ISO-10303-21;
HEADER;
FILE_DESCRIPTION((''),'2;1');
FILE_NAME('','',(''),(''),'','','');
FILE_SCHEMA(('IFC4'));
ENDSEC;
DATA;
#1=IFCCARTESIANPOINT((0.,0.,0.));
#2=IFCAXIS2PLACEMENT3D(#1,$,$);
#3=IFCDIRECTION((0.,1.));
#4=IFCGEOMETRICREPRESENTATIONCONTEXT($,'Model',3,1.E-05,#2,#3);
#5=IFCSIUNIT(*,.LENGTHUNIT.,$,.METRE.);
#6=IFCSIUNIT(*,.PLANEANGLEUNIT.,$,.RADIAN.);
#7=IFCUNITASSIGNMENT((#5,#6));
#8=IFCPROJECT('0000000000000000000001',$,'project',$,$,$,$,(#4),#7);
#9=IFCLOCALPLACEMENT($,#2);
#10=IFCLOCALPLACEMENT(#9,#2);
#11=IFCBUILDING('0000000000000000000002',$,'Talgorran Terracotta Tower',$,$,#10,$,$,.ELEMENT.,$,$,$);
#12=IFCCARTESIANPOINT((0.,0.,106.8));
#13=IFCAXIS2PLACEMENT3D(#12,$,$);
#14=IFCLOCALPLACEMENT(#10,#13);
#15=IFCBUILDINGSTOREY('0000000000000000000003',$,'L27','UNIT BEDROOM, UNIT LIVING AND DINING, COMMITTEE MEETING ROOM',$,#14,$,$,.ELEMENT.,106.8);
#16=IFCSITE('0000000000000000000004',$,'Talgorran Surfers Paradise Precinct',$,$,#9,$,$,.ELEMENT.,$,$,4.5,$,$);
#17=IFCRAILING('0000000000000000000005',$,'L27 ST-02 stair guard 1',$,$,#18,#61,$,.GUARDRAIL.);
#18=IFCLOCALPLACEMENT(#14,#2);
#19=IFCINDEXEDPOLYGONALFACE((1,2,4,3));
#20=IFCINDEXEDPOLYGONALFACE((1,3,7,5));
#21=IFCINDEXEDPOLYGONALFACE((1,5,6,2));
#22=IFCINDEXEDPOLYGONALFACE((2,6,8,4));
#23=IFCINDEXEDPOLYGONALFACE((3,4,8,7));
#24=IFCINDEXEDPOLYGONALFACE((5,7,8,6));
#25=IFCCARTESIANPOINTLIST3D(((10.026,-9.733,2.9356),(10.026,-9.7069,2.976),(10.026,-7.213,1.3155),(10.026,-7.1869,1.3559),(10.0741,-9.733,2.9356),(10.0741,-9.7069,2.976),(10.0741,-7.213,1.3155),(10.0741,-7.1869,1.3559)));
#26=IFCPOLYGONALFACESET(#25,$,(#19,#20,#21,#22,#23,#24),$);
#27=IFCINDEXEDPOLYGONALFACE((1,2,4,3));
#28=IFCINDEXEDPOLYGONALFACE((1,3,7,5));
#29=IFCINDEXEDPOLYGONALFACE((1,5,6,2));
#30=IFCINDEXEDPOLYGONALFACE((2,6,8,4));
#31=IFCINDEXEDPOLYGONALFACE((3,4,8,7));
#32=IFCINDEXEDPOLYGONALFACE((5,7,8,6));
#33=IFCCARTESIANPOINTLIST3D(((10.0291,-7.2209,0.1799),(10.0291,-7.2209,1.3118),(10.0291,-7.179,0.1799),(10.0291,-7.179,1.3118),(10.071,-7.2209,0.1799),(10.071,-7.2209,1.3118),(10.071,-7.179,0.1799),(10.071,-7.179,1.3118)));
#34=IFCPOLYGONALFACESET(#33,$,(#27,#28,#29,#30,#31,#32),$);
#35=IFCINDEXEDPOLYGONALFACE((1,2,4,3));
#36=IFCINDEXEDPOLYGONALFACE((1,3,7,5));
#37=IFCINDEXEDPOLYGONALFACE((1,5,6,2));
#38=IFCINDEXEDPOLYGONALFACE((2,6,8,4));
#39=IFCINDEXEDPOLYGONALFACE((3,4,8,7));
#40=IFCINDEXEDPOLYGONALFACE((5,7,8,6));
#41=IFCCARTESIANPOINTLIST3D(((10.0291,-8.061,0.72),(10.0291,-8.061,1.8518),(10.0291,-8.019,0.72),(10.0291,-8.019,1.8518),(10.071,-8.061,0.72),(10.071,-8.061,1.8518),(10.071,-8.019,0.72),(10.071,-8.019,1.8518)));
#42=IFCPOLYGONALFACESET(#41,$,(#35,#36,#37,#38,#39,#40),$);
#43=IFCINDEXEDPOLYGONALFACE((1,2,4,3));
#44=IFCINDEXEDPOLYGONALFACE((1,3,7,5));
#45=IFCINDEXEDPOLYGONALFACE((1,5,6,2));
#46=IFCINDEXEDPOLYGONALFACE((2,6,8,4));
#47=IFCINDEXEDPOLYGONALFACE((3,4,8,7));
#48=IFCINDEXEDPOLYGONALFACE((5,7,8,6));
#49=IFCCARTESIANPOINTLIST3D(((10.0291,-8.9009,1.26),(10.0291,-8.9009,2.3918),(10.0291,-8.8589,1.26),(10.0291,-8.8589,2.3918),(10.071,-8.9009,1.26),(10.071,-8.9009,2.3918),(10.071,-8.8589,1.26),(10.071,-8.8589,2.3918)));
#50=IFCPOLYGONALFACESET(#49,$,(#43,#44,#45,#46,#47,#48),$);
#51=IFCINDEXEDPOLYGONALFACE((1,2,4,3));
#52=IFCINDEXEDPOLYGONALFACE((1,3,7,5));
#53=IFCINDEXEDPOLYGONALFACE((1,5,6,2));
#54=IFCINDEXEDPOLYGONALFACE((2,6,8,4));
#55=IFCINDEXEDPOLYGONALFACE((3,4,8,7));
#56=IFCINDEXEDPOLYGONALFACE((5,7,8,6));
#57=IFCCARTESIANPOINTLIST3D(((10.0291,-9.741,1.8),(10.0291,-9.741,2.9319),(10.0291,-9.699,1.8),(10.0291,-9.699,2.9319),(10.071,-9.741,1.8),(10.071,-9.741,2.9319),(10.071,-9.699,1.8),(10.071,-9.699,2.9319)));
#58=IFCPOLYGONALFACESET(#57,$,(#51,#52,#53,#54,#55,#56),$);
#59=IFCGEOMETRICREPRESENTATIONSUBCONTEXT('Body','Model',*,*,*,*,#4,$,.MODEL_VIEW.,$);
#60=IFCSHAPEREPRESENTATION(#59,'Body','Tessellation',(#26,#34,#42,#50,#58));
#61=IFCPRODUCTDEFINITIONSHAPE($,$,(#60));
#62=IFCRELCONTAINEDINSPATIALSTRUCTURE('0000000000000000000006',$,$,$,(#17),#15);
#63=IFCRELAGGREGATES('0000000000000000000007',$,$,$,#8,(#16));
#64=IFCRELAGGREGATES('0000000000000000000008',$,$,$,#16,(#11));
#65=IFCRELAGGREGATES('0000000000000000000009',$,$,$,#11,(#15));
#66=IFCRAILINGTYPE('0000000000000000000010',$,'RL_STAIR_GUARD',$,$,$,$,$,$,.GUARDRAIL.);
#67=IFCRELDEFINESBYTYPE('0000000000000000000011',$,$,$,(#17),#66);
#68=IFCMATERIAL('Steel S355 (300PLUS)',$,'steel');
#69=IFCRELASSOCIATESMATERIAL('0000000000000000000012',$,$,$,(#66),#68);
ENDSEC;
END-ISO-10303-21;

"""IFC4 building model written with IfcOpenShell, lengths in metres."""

from ifc_helpers import new_model, si_unit, direction, frame, origin, origin_2d, place, context, subcontext, project, spatial, rectangle, extrude, material, type_object, element, save


model = new_model("IFC4")

# Units and contexts
model_context = context("Model", 3, precision=1e-05, world=origin(), true_north=direction((0.0, 1.0)))
body_context = subcontext(model_context, "Body", "Model", "MODEL_VIEW")
ifc_project = project(units=[si_unit("LENGTHUNIT", "METRE"), si_unit("PLANEANGLEUNIT", "RADIAN")], contexts=[model_context])

# Site, building, storey
site_placement = place(None, origin())
site = spatial("IfcSite", under=ifc_project, at=site_placement, Name="Talgorran Surfers Paradise Precinct", CompositionType="ELEMENT", RefElevation=4.5)
building_placement = place(site_placement, origin())
building = spatial("IfcBuilding", under=site, at=building_placement, Name="Talgorran Terracotta Tower", CompositionType="ELEMENT")
storey_placement = place(building_placement, frame((0.0, 0.0, 106.8)))
storey = spatial("IfcBuildingStorey", under=building, at=storey_placement, Name="L27", Description="UNIT BEDROOM, UNIT LIVING AND DINING, COMMITTEE MEETING ROOM", CompositionType="ELEMENT", Elevation=106.8)

# Shared definitions
ifc_material_1 = material(Name="Steel S355 (300PLUS)", Category="steel")

# Railing
railing_type_1 = type_object("IfcRailingType", Name="RL_STAIR_GUARD", PredefinedType="GUARDRAIL", material=ifc_material_1)
railing_1_placement = place(storey_placement, frame((10.05, -7.2, 0.1799)))
element("IfcRailing", 1, at=railing_1_placement, inside=storey, type_object=railing_type_1, Name="L27 ST-02 stair guard 1", PredefinedType="GUARDRAIL", context=body_context, shape_type="SweptSolid", body=[
    extrude(rectangle(XDim=0.0481, YDim=0.0481, at=origin_2d()), frame((0.0, 0.0, 1.1558), z_axis=(0.0, -0.841163, 0.540782), x_axis=(1.0, 0.0, 0.0)), (0.0, 0.0, 1.0), 2.9958),
    extrude(rectangle(XDim=0.042, YDim=0.042, at=origin_2d()), origin(), (0.0, 0.0, 1.0), 1.1318),
    extrude(rectangle(XDim=0.042, YDim=0.042, at=origin_2d()), frame((0.0, -0.8401, 0.54)), (0.0, 0.0, 1.0), 1.1318),
    extrude(rectangle(XDim=0.042, YDim=0.042, at=origin_2d()), frame((0.0, -1.6799, 1.0801)), (0.0, 0.0, 1.0), 1.1318),
    extrude(rectangle(XDim=0.042, YDim=0.042, at=origin_2d()), frame((0.0, -2.52, 1.6201)), (0.0, 0.0, 1.0), 1.1318),
])

save(model, "model.ifc")
